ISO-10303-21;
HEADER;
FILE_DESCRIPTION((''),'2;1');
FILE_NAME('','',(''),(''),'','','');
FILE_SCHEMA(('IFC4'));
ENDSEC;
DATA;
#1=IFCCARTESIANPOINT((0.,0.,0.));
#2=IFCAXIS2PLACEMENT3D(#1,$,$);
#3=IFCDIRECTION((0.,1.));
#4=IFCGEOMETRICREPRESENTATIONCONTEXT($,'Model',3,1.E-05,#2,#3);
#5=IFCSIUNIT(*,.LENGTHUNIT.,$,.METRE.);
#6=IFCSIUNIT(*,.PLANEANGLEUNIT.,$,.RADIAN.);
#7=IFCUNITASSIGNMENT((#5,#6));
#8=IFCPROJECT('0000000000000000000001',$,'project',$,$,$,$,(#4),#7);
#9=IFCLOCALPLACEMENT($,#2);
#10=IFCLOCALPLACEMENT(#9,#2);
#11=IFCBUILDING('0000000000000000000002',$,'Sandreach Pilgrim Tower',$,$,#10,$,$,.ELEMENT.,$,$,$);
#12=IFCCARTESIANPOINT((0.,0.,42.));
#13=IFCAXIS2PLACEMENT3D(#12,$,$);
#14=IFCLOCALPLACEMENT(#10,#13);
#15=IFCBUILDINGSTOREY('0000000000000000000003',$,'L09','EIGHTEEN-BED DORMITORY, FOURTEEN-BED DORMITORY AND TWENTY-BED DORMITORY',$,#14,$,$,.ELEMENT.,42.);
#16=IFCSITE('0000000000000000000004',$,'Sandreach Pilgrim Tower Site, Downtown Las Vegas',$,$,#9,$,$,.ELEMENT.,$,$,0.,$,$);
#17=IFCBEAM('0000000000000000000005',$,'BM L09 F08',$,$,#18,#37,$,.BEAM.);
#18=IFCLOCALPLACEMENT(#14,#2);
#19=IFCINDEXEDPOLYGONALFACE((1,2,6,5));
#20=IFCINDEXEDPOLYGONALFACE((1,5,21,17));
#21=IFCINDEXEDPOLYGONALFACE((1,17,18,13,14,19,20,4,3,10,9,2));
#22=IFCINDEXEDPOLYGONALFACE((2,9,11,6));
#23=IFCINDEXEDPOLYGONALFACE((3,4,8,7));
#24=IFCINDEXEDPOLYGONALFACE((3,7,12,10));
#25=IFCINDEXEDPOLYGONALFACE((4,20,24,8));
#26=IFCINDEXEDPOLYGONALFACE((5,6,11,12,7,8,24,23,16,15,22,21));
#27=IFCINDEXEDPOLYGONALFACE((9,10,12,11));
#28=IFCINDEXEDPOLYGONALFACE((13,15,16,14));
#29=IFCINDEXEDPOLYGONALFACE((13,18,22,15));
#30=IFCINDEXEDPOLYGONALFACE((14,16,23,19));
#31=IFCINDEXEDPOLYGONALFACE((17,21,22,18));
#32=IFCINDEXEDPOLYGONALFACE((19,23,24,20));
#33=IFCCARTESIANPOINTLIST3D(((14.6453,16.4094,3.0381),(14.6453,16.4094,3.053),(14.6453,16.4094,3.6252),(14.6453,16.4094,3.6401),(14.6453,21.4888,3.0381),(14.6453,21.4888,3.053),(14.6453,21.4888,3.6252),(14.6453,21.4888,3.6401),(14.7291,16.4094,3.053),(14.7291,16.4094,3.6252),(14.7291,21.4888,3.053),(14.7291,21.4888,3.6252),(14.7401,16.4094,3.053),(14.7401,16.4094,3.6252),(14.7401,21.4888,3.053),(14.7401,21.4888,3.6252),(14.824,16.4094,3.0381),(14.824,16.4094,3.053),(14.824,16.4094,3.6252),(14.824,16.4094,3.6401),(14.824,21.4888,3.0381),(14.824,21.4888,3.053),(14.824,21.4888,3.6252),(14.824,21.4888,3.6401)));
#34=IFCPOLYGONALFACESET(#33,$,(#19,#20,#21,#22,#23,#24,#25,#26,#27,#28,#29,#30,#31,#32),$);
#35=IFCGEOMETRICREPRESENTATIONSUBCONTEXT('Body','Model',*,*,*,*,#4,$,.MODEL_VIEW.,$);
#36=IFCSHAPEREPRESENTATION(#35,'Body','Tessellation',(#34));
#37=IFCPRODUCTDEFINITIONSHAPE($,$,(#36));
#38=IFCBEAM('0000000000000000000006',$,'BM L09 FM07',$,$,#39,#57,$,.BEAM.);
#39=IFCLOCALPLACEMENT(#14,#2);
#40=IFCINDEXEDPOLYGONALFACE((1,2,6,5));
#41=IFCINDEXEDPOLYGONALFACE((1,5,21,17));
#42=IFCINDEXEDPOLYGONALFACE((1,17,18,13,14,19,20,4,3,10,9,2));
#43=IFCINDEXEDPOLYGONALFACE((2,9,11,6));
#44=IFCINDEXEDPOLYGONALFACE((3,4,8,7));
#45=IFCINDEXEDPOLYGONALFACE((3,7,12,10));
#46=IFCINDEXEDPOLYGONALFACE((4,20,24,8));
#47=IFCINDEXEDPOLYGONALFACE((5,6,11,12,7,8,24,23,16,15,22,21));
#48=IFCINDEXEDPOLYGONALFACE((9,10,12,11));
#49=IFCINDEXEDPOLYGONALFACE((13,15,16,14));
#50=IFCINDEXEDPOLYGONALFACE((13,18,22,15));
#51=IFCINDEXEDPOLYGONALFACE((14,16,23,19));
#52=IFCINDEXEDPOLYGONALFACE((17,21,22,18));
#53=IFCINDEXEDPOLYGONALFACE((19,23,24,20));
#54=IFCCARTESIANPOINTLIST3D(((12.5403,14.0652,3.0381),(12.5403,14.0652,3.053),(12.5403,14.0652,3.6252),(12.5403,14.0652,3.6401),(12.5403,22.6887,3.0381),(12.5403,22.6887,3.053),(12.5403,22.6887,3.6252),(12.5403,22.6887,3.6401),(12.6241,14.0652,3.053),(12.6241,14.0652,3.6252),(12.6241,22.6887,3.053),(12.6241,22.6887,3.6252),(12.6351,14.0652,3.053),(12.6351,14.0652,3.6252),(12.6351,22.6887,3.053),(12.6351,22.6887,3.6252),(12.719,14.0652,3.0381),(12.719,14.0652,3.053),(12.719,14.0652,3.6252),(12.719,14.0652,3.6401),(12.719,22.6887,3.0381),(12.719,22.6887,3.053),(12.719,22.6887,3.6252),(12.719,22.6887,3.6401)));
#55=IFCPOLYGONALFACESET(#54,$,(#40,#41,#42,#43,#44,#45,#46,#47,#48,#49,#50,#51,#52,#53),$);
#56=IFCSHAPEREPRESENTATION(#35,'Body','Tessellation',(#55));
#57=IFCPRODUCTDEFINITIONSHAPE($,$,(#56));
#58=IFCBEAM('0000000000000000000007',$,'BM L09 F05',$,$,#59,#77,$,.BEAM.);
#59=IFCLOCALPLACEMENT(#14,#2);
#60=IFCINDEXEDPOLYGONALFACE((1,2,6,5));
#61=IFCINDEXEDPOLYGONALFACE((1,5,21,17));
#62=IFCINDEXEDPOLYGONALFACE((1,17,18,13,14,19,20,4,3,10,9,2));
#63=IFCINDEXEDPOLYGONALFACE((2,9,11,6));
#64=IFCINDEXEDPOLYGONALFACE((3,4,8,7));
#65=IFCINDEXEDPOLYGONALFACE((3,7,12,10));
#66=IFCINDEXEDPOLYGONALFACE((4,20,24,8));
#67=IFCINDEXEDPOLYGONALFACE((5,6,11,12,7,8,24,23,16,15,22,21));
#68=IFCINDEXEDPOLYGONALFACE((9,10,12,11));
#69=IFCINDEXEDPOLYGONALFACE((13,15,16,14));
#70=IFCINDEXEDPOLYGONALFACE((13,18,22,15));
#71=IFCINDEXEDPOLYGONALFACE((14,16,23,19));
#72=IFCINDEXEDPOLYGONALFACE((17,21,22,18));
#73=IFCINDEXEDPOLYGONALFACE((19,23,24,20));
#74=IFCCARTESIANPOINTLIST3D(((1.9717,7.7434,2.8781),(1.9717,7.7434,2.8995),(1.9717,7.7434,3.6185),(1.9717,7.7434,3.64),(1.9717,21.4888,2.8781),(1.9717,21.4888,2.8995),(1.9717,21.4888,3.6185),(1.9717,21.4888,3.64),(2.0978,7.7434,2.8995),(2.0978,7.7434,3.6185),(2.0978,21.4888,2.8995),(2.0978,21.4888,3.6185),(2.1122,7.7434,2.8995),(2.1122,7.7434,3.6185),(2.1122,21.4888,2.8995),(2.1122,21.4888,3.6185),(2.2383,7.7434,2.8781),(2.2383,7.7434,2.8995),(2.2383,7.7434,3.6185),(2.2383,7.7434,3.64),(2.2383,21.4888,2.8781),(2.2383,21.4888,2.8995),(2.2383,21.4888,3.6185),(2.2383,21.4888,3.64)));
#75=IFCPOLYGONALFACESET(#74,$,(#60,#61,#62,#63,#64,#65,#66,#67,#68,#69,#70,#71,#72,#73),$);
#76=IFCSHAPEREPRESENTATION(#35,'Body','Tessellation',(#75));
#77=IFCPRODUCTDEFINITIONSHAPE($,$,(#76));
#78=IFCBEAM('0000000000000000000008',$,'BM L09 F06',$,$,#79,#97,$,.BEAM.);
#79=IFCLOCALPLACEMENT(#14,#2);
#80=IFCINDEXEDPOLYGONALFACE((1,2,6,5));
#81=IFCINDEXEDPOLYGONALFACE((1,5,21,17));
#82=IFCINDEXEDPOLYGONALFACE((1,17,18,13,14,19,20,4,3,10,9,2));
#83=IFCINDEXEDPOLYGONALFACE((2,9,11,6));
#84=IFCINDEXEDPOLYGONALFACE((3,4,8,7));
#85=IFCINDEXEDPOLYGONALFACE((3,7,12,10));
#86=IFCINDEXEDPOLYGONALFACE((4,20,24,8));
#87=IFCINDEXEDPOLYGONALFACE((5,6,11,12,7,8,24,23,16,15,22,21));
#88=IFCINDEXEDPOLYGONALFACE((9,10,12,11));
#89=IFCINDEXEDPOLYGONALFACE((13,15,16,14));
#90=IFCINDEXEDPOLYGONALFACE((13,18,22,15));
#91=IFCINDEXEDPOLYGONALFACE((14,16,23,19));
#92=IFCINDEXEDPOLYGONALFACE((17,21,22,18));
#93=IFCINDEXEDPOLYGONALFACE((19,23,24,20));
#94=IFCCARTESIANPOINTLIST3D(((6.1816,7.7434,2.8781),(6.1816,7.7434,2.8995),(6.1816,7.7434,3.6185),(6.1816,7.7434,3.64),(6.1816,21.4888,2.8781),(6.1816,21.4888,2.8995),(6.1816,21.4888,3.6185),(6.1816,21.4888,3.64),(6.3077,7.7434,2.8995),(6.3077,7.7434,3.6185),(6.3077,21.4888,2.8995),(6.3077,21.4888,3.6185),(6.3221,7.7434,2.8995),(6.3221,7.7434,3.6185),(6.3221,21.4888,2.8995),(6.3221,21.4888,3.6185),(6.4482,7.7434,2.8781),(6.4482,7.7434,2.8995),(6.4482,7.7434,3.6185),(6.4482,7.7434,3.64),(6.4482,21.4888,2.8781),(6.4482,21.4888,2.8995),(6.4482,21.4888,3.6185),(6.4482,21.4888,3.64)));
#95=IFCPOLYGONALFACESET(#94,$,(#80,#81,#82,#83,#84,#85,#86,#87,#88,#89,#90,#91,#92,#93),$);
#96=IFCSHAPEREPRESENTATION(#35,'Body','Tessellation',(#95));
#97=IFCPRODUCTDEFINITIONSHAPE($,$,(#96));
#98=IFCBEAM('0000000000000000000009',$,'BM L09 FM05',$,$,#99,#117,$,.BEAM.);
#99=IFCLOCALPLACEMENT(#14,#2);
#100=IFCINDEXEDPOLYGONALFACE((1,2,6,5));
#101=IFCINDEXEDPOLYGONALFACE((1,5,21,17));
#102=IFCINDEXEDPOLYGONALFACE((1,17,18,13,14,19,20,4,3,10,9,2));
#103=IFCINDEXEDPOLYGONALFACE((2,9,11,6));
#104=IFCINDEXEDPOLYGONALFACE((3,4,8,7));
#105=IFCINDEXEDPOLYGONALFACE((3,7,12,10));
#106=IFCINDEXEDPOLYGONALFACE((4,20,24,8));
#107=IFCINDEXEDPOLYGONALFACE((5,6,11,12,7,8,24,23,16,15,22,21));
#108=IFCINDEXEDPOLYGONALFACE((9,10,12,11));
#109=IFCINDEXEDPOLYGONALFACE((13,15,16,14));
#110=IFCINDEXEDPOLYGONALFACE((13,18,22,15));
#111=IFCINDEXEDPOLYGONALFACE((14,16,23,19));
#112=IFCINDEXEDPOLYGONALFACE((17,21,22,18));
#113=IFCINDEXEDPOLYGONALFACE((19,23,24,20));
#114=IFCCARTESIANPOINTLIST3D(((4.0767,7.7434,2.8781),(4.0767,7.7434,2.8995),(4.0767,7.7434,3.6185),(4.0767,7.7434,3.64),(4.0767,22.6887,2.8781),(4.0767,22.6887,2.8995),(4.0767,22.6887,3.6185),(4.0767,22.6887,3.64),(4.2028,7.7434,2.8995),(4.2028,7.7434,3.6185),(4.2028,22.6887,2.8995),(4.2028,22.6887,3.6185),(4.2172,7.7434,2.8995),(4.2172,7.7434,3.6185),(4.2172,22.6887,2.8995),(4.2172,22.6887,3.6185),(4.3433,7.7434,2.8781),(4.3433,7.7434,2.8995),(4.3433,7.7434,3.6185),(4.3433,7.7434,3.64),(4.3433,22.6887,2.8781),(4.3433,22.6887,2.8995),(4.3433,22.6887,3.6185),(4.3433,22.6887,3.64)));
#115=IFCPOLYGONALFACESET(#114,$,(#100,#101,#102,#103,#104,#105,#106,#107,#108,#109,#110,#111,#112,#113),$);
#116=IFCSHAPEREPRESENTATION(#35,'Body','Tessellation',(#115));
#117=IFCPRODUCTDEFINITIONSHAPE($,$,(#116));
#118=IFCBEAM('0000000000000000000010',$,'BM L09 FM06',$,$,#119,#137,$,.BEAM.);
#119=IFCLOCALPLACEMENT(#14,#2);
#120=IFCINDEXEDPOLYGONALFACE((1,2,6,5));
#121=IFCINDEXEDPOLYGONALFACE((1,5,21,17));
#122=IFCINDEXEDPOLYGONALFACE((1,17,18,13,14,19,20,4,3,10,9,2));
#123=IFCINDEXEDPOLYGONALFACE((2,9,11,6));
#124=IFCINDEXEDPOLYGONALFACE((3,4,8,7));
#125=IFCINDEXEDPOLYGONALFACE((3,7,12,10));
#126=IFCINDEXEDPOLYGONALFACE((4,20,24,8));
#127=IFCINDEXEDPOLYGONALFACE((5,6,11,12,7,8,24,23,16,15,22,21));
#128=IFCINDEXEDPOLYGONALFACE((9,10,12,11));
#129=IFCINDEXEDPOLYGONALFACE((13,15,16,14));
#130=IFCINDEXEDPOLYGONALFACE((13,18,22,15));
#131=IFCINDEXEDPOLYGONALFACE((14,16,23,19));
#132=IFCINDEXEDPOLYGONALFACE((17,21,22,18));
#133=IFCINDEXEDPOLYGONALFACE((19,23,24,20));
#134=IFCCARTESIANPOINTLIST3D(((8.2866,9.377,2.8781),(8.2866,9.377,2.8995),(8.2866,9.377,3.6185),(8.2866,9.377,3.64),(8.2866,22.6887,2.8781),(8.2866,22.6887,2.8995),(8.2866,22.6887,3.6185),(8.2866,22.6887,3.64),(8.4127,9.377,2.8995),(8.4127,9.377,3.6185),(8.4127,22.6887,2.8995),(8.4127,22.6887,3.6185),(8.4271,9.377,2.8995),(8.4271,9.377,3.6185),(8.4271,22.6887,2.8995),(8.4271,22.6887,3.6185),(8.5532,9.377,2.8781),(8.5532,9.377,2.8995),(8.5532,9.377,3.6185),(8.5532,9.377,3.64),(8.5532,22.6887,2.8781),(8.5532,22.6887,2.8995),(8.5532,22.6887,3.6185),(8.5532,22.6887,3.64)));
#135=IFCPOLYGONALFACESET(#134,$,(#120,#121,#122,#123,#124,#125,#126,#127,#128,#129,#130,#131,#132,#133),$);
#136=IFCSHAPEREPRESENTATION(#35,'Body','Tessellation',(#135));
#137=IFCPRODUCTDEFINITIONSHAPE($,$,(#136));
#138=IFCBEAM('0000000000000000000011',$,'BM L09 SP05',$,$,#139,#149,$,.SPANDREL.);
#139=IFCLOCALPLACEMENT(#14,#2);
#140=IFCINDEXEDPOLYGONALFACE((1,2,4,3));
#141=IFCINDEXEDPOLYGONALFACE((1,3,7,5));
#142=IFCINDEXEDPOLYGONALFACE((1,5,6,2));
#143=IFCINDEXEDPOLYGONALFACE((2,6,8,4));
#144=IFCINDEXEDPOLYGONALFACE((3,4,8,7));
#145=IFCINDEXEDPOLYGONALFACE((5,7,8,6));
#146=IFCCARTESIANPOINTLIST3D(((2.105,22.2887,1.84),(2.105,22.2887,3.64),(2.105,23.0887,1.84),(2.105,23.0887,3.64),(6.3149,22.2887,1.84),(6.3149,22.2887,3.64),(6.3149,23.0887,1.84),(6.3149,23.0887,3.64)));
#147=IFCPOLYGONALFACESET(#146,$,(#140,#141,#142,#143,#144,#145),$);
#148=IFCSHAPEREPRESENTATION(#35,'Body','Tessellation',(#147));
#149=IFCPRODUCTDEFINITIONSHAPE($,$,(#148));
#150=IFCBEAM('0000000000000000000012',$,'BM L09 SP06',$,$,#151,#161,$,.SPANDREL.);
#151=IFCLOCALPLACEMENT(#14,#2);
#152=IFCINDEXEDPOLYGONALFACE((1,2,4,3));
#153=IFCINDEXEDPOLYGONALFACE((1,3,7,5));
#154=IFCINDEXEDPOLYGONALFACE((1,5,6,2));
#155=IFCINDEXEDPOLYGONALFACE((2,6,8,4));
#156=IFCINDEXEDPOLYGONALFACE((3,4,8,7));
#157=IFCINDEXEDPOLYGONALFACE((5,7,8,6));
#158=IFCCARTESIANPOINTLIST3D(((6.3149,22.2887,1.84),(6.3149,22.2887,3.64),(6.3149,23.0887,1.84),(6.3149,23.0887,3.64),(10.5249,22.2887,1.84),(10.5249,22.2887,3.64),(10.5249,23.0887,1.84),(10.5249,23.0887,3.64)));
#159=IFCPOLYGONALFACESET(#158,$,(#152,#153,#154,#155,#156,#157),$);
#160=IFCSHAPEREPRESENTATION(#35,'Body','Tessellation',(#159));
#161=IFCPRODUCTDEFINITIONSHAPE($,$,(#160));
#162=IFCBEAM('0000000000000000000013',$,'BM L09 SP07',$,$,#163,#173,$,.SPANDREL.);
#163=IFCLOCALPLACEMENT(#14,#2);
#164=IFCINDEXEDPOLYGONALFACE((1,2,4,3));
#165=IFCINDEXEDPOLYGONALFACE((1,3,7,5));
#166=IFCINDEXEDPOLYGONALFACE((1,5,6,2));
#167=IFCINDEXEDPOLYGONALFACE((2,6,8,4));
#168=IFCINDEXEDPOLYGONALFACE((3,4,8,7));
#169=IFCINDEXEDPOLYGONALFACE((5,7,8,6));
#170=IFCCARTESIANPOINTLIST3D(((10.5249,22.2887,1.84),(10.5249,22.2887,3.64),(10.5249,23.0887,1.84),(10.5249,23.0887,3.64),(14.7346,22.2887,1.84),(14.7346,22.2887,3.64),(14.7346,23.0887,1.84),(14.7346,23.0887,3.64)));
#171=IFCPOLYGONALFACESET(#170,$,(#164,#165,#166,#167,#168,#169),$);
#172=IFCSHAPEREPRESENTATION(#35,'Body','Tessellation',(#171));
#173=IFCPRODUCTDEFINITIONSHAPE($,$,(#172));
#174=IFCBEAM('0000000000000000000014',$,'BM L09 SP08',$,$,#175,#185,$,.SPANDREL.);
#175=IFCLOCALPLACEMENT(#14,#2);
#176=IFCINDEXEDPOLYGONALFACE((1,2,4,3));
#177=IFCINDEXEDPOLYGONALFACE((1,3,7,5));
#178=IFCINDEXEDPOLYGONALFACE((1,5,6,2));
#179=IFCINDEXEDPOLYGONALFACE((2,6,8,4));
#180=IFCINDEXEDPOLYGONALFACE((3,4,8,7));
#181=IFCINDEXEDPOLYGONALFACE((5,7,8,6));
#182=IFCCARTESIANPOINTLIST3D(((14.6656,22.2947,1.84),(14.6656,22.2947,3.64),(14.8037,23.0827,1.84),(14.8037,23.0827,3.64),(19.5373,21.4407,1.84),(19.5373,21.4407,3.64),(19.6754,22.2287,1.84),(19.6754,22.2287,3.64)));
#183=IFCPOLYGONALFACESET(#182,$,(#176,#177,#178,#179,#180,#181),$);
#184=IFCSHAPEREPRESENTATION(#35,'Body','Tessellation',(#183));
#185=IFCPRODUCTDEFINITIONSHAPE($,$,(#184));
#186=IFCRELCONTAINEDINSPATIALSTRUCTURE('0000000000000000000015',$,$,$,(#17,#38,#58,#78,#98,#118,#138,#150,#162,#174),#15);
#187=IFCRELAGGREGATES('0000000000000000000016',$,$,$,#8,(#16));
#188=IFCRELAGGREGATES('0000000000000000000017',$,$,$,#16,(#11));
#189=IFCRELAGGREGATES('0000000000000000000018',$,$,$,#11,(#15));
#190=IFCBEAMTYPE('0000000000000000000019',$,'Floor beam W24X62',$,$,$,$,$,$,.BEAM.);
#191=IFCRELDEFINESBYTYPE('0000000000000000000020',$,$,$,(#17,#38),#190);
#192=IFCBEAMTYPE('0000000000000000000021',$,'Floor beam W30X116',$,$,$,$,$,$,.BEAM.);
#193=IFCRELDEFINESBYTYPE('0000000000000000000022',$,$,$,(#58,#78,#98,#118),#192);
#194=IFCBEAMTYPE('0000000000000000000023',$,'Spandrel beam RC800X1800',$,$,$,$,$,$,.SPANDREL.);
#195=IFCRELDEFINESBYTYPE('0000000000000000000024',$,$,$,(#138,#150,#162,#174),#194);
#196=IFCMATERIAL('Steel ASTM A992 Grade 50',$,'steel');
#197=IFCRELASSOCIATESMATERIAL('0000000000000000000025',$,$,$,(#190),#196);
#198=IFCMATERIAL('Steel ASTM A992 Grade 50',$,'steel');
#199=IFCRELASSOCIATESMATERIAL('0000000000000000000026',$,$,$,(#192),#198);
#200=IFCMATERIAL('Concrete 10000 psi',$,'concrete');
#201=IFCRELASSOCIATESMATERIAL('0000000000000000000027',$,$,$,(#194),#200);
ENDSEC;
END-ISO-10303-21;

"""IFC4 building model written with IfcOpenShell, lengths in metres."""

from ifc_helpers import new_model, si_unit, direction, frame, origin, origin_2d, place, context, subcontext, project, spatial, rectangle, i_section, extrude, material, material_profile, profile_set, type_object, element, save


model = new_model("IFC4")

# Units and contexts
model_context = context("Model", 3, precision=1e-05, world=origin(), true_north=direction((0.0, 1.0)))
body_context = subcontext(model_context, "Body", "Model", "MODEL_VIEW")
ifc_project = project(units=[si_unit("LENGTHUNIT", "METRE"), si_unit("PLANEANGLEUNIT", "RADIAN")], contexts=[model_context])

# Site, building, storey
site_placement = place(None, origin())
site = spatial("IfcSite", under=ifc_project, at=site_placement, Name="Sandreach Pilgrim Tower Site, Downtown Las Vegas", CompositionType="ELEMENT", RefElevation=0.0)
building_placement = place(site_placement, origin())
building = spatial("IfcBuilding", under=site, at=building_placement, Name="Sandreach Pilgrim Tower", CompositionType="ELEMENT")
storey_placement = place(building_placement, frame((0.0, 0.0, 42.0)))
storey = spatial("IfcBuildingStorey", under=building, at=storey_placement, Name="L09", Description="EIGHTEEN-BED DORMITORY, FOURTEEN-BED DORMITORY AND TWENTY-BED DORMITORY", CompositionType="ELEMENT", Elevation=42.0)

# Beams
ifc_material_1 = material(Name="Steel ASTM A992 Grade 50", Category="steel")
ifc_material_profile_1 = material_profile(ifc_material_1, i_section(OverallWidth=0.1787, OverallDepth=0.6021, WebThickness=0.011, FlangeThickness=0.0149, at=origin_2d()), Name="W24X62")
ifc_profile_set_1 = profile_set([ifc_material_profile_1], Name="Steel ASTM A992 Grade 50")
beam_type_1 = type_object("IfcBeamType", Name="Floor beam W24X62", PredefinedType="BEAM", material=ifc_profile_set_1)
beam_1_placement = place(storey_placement, frame((14.7346, 21.4888, 3.3391), z_axis=(0.0, -1.0, 0.0), x_axis=(1.0, 0.0, 0.0)))
element("IfcBeam", 1, at=beam_1_placement, inside=storey, type_object=beam_type_1, Name="BM L09 F08", PredefinedType="BEAM", context=body_context, shape_type="SweptSolid", body=[
    extrude(i_section(OverallWidth=0.1787, OverallDepth=0.6021, WebThickness=0.011, FlangeThickness=0.0149, at=origin_2d()), origin(), (0.0, 0.0, 1.0), 5.0793),
])
beam_2_placement = place(storey_placement, frame((12.6296, 22.6887, 3.3391), z_axis=(0.0, -1.0, 0.0), x_axis=(1.0, 0.0, 0.0)))
element("IfcBeam", 2, at=beam_2_placement, inside=storey, type_object=beam_type_1, Name="BM L09 FM07", PredefinedType="BEAM", context=body_context, shape_type="SweptSolid", body=[
    extrude(i_section(OverallWidth=0.1787, OverallDepth=0.6021, WebThickness=0.011, FlangeThickness=0.0149, at=origin_2d()), origin(), (0.0, 0.0, 1.0), 8.6235),
])
ifc_material_2 = material(Name="Steel ASTM A992 Grade 50", Category="steel")
ifc_material_profile_2 = material_profile(ifc_material_2, i_section(OverallWidth=0.2666, OverallDepth=0.762, WebThickness=0.0144, FlangeThickness=0.0215, at=origin_2d()), Name="W30X116")
ifc_profile_set_2 = profile_set([ifc_material_profile_2], Name="Steel ASTM A992 Grade 50")
beam_type_2 = type_object("IfcBeamType", Name="Floor beam W30X116", PredefinedType="BEAM", material=ifc_profile_set_2)
for number, where, z_axis, x_axis, name in (
    (3, (2.105, 21.4888, 3.259), (0.0, -1.0, 0.0), (1.0, 0.0, 0.0), "BM L09 F05"),
    (4, (6.3149, 21.4888, 3.259), (0.0, -1.0, 0.0), (1.0, 0.0, 0.0), "BM L09 F06"),
):
    element("IfcBeam", number, at=place(storey_placement, frame(where, z_axis=z_axis, x_axis=x_axis)), inside=storey, type_object=beam_type_2, Name=name, PredefinedType="BEAM", context=body_context, shape_type="SweptSolid", body=[
        extrude(i_section(OverallWidth=0.2666, OverallDepth=0.762, WebThickness=0.0144, FlangeThickness=0.0215, at=origin_2d()), origin(), (0.0, 0.0, 1.0), 13.7454),
    ])
beam_3_placement = place(storey_placement, frame((4.21, 22.6887, 3.259), z_axis=(0.0, -1.0, 0.0), x_axis=(1.0, 0.0, 0.0)))
element("IfcBeam", 5, at=beam_3_placement, inside=storey, type_object=beam_type_2, Name="BM L09 FM05", PredefinedType="BEAM", context=body_context, shape_type="SweptSolid", body=[
    extrude(i_section(OverallWidth=0.2666, OverallDepth=0.762, WebThickness=0.0144, FlangeThickness=0.0215, at=origin_2d()), origin(), (0.0, 0.0, 1.0), 14.9453),
])
beam_4_placement = place(storey_placement, frame((8.4199, 22.6887, 3.259), z_axis=(0.0, -1.0, 0.0), x_axis=(1.0, 0.0, 0.0)))
element("IfcBeam", 6, at=beam_4_placement, inside=storey, type_object=beam_type_2, Name="BM L09 FM06", PredefinedType="BEAM", context=body_context, shape_type="SweptSolid", body=[
    extrude(i_section(OverallWidth=0.2666, OverallDepth=0.762, WebThickness=0.0144, FlangeThickness=0.0215, at=origin_2d()), origin(), (0.0, 0.0, 1.0), 13.3118),
])
ifc_material_3 = material(Name="Concrete 10000 psi", Category="concrete")
ifc_material_profile_3 = material_profile(ifc_material_3, rectangle(XDim=0.8, YDim=1.8, at=origin_2d()), Name="RC800X1800")
ifc_profile_set_3 = profile_set([ifc_material_profile_3], Name="Concrete 10000 psi")
beam_type_3 = type_object("IfcBeamType", Name="Spandrel beam RC800X1800", PredefinedType="SPANDREL", material=ifc_profile_set_3)
for number, where, z_axis, x_axis, name in (
    (7, (2.105, 22.6887, 2.74), (1.0, 0.0, 0.0), (0.0, 1.0, 0.0), "BM L09 SP05"),
    (8, (6.3149, 22.6887, 2.74), (1.0, 0.0, 0.0), (0.0, 1.0, 0.0), "BM L09 SP06"),
):
    element("IfcBeam", number, at=place(storey_placement, frame(where, z_axis=z_axis, x_axis=x_axis)), inside=storey, type_object=beam_type_3, Name=name, PredefinedType="SPANDREL", context=body_context, shape_type="SweptSolid", body=[
        extrude(rectangle(XDim=0.8, YDim=1.8, at=origin_2d()), origin(), (0.0, 0.0, 1.0), 4.21),
    ])
beam_5_placement = place(storey_placement, frame((10.5249, 22.6887, 2.74), z_axis=(1.0, 0.0, 0.0), x_axis=(0.0, 1.0, 0.0)))
element("IfcBeam", 9, at=beam_5_placement, inside=storey, type_object=beam_type_3, Name="BM L09 SP07", PredefinedType="SPANDREL", context=body_context, shape_type="SweptSolid", body=[
    extrude(rectangle(XDim=0.8, YDim=1.8, at=origin_2d()), origin(), (0.0, 0.0, 1.0), 4.2097),
])
beam_6_placement = place(storey_placement, frame((14.7346, 22.6887, 2.74), z_axis=(0.984981, -0.172662, 0.0), x_axis=(0.172662, 0.984981, 0.0)))
element("IfcBeam", 10, at=beam_6_placement, inside=storey, type_object=beam_type_3, Name="BM L09 SP08", PredefinedType="SPANDREL", context=body_context, shape_type="SweptSolid", body=[
    extrude(rectangle(XDim=0.8, YDim=1.8, at=origin_2d()), origin(), (0.0, 0.0, 1.0), 4.946),
])

save(model, "model.ifc")
